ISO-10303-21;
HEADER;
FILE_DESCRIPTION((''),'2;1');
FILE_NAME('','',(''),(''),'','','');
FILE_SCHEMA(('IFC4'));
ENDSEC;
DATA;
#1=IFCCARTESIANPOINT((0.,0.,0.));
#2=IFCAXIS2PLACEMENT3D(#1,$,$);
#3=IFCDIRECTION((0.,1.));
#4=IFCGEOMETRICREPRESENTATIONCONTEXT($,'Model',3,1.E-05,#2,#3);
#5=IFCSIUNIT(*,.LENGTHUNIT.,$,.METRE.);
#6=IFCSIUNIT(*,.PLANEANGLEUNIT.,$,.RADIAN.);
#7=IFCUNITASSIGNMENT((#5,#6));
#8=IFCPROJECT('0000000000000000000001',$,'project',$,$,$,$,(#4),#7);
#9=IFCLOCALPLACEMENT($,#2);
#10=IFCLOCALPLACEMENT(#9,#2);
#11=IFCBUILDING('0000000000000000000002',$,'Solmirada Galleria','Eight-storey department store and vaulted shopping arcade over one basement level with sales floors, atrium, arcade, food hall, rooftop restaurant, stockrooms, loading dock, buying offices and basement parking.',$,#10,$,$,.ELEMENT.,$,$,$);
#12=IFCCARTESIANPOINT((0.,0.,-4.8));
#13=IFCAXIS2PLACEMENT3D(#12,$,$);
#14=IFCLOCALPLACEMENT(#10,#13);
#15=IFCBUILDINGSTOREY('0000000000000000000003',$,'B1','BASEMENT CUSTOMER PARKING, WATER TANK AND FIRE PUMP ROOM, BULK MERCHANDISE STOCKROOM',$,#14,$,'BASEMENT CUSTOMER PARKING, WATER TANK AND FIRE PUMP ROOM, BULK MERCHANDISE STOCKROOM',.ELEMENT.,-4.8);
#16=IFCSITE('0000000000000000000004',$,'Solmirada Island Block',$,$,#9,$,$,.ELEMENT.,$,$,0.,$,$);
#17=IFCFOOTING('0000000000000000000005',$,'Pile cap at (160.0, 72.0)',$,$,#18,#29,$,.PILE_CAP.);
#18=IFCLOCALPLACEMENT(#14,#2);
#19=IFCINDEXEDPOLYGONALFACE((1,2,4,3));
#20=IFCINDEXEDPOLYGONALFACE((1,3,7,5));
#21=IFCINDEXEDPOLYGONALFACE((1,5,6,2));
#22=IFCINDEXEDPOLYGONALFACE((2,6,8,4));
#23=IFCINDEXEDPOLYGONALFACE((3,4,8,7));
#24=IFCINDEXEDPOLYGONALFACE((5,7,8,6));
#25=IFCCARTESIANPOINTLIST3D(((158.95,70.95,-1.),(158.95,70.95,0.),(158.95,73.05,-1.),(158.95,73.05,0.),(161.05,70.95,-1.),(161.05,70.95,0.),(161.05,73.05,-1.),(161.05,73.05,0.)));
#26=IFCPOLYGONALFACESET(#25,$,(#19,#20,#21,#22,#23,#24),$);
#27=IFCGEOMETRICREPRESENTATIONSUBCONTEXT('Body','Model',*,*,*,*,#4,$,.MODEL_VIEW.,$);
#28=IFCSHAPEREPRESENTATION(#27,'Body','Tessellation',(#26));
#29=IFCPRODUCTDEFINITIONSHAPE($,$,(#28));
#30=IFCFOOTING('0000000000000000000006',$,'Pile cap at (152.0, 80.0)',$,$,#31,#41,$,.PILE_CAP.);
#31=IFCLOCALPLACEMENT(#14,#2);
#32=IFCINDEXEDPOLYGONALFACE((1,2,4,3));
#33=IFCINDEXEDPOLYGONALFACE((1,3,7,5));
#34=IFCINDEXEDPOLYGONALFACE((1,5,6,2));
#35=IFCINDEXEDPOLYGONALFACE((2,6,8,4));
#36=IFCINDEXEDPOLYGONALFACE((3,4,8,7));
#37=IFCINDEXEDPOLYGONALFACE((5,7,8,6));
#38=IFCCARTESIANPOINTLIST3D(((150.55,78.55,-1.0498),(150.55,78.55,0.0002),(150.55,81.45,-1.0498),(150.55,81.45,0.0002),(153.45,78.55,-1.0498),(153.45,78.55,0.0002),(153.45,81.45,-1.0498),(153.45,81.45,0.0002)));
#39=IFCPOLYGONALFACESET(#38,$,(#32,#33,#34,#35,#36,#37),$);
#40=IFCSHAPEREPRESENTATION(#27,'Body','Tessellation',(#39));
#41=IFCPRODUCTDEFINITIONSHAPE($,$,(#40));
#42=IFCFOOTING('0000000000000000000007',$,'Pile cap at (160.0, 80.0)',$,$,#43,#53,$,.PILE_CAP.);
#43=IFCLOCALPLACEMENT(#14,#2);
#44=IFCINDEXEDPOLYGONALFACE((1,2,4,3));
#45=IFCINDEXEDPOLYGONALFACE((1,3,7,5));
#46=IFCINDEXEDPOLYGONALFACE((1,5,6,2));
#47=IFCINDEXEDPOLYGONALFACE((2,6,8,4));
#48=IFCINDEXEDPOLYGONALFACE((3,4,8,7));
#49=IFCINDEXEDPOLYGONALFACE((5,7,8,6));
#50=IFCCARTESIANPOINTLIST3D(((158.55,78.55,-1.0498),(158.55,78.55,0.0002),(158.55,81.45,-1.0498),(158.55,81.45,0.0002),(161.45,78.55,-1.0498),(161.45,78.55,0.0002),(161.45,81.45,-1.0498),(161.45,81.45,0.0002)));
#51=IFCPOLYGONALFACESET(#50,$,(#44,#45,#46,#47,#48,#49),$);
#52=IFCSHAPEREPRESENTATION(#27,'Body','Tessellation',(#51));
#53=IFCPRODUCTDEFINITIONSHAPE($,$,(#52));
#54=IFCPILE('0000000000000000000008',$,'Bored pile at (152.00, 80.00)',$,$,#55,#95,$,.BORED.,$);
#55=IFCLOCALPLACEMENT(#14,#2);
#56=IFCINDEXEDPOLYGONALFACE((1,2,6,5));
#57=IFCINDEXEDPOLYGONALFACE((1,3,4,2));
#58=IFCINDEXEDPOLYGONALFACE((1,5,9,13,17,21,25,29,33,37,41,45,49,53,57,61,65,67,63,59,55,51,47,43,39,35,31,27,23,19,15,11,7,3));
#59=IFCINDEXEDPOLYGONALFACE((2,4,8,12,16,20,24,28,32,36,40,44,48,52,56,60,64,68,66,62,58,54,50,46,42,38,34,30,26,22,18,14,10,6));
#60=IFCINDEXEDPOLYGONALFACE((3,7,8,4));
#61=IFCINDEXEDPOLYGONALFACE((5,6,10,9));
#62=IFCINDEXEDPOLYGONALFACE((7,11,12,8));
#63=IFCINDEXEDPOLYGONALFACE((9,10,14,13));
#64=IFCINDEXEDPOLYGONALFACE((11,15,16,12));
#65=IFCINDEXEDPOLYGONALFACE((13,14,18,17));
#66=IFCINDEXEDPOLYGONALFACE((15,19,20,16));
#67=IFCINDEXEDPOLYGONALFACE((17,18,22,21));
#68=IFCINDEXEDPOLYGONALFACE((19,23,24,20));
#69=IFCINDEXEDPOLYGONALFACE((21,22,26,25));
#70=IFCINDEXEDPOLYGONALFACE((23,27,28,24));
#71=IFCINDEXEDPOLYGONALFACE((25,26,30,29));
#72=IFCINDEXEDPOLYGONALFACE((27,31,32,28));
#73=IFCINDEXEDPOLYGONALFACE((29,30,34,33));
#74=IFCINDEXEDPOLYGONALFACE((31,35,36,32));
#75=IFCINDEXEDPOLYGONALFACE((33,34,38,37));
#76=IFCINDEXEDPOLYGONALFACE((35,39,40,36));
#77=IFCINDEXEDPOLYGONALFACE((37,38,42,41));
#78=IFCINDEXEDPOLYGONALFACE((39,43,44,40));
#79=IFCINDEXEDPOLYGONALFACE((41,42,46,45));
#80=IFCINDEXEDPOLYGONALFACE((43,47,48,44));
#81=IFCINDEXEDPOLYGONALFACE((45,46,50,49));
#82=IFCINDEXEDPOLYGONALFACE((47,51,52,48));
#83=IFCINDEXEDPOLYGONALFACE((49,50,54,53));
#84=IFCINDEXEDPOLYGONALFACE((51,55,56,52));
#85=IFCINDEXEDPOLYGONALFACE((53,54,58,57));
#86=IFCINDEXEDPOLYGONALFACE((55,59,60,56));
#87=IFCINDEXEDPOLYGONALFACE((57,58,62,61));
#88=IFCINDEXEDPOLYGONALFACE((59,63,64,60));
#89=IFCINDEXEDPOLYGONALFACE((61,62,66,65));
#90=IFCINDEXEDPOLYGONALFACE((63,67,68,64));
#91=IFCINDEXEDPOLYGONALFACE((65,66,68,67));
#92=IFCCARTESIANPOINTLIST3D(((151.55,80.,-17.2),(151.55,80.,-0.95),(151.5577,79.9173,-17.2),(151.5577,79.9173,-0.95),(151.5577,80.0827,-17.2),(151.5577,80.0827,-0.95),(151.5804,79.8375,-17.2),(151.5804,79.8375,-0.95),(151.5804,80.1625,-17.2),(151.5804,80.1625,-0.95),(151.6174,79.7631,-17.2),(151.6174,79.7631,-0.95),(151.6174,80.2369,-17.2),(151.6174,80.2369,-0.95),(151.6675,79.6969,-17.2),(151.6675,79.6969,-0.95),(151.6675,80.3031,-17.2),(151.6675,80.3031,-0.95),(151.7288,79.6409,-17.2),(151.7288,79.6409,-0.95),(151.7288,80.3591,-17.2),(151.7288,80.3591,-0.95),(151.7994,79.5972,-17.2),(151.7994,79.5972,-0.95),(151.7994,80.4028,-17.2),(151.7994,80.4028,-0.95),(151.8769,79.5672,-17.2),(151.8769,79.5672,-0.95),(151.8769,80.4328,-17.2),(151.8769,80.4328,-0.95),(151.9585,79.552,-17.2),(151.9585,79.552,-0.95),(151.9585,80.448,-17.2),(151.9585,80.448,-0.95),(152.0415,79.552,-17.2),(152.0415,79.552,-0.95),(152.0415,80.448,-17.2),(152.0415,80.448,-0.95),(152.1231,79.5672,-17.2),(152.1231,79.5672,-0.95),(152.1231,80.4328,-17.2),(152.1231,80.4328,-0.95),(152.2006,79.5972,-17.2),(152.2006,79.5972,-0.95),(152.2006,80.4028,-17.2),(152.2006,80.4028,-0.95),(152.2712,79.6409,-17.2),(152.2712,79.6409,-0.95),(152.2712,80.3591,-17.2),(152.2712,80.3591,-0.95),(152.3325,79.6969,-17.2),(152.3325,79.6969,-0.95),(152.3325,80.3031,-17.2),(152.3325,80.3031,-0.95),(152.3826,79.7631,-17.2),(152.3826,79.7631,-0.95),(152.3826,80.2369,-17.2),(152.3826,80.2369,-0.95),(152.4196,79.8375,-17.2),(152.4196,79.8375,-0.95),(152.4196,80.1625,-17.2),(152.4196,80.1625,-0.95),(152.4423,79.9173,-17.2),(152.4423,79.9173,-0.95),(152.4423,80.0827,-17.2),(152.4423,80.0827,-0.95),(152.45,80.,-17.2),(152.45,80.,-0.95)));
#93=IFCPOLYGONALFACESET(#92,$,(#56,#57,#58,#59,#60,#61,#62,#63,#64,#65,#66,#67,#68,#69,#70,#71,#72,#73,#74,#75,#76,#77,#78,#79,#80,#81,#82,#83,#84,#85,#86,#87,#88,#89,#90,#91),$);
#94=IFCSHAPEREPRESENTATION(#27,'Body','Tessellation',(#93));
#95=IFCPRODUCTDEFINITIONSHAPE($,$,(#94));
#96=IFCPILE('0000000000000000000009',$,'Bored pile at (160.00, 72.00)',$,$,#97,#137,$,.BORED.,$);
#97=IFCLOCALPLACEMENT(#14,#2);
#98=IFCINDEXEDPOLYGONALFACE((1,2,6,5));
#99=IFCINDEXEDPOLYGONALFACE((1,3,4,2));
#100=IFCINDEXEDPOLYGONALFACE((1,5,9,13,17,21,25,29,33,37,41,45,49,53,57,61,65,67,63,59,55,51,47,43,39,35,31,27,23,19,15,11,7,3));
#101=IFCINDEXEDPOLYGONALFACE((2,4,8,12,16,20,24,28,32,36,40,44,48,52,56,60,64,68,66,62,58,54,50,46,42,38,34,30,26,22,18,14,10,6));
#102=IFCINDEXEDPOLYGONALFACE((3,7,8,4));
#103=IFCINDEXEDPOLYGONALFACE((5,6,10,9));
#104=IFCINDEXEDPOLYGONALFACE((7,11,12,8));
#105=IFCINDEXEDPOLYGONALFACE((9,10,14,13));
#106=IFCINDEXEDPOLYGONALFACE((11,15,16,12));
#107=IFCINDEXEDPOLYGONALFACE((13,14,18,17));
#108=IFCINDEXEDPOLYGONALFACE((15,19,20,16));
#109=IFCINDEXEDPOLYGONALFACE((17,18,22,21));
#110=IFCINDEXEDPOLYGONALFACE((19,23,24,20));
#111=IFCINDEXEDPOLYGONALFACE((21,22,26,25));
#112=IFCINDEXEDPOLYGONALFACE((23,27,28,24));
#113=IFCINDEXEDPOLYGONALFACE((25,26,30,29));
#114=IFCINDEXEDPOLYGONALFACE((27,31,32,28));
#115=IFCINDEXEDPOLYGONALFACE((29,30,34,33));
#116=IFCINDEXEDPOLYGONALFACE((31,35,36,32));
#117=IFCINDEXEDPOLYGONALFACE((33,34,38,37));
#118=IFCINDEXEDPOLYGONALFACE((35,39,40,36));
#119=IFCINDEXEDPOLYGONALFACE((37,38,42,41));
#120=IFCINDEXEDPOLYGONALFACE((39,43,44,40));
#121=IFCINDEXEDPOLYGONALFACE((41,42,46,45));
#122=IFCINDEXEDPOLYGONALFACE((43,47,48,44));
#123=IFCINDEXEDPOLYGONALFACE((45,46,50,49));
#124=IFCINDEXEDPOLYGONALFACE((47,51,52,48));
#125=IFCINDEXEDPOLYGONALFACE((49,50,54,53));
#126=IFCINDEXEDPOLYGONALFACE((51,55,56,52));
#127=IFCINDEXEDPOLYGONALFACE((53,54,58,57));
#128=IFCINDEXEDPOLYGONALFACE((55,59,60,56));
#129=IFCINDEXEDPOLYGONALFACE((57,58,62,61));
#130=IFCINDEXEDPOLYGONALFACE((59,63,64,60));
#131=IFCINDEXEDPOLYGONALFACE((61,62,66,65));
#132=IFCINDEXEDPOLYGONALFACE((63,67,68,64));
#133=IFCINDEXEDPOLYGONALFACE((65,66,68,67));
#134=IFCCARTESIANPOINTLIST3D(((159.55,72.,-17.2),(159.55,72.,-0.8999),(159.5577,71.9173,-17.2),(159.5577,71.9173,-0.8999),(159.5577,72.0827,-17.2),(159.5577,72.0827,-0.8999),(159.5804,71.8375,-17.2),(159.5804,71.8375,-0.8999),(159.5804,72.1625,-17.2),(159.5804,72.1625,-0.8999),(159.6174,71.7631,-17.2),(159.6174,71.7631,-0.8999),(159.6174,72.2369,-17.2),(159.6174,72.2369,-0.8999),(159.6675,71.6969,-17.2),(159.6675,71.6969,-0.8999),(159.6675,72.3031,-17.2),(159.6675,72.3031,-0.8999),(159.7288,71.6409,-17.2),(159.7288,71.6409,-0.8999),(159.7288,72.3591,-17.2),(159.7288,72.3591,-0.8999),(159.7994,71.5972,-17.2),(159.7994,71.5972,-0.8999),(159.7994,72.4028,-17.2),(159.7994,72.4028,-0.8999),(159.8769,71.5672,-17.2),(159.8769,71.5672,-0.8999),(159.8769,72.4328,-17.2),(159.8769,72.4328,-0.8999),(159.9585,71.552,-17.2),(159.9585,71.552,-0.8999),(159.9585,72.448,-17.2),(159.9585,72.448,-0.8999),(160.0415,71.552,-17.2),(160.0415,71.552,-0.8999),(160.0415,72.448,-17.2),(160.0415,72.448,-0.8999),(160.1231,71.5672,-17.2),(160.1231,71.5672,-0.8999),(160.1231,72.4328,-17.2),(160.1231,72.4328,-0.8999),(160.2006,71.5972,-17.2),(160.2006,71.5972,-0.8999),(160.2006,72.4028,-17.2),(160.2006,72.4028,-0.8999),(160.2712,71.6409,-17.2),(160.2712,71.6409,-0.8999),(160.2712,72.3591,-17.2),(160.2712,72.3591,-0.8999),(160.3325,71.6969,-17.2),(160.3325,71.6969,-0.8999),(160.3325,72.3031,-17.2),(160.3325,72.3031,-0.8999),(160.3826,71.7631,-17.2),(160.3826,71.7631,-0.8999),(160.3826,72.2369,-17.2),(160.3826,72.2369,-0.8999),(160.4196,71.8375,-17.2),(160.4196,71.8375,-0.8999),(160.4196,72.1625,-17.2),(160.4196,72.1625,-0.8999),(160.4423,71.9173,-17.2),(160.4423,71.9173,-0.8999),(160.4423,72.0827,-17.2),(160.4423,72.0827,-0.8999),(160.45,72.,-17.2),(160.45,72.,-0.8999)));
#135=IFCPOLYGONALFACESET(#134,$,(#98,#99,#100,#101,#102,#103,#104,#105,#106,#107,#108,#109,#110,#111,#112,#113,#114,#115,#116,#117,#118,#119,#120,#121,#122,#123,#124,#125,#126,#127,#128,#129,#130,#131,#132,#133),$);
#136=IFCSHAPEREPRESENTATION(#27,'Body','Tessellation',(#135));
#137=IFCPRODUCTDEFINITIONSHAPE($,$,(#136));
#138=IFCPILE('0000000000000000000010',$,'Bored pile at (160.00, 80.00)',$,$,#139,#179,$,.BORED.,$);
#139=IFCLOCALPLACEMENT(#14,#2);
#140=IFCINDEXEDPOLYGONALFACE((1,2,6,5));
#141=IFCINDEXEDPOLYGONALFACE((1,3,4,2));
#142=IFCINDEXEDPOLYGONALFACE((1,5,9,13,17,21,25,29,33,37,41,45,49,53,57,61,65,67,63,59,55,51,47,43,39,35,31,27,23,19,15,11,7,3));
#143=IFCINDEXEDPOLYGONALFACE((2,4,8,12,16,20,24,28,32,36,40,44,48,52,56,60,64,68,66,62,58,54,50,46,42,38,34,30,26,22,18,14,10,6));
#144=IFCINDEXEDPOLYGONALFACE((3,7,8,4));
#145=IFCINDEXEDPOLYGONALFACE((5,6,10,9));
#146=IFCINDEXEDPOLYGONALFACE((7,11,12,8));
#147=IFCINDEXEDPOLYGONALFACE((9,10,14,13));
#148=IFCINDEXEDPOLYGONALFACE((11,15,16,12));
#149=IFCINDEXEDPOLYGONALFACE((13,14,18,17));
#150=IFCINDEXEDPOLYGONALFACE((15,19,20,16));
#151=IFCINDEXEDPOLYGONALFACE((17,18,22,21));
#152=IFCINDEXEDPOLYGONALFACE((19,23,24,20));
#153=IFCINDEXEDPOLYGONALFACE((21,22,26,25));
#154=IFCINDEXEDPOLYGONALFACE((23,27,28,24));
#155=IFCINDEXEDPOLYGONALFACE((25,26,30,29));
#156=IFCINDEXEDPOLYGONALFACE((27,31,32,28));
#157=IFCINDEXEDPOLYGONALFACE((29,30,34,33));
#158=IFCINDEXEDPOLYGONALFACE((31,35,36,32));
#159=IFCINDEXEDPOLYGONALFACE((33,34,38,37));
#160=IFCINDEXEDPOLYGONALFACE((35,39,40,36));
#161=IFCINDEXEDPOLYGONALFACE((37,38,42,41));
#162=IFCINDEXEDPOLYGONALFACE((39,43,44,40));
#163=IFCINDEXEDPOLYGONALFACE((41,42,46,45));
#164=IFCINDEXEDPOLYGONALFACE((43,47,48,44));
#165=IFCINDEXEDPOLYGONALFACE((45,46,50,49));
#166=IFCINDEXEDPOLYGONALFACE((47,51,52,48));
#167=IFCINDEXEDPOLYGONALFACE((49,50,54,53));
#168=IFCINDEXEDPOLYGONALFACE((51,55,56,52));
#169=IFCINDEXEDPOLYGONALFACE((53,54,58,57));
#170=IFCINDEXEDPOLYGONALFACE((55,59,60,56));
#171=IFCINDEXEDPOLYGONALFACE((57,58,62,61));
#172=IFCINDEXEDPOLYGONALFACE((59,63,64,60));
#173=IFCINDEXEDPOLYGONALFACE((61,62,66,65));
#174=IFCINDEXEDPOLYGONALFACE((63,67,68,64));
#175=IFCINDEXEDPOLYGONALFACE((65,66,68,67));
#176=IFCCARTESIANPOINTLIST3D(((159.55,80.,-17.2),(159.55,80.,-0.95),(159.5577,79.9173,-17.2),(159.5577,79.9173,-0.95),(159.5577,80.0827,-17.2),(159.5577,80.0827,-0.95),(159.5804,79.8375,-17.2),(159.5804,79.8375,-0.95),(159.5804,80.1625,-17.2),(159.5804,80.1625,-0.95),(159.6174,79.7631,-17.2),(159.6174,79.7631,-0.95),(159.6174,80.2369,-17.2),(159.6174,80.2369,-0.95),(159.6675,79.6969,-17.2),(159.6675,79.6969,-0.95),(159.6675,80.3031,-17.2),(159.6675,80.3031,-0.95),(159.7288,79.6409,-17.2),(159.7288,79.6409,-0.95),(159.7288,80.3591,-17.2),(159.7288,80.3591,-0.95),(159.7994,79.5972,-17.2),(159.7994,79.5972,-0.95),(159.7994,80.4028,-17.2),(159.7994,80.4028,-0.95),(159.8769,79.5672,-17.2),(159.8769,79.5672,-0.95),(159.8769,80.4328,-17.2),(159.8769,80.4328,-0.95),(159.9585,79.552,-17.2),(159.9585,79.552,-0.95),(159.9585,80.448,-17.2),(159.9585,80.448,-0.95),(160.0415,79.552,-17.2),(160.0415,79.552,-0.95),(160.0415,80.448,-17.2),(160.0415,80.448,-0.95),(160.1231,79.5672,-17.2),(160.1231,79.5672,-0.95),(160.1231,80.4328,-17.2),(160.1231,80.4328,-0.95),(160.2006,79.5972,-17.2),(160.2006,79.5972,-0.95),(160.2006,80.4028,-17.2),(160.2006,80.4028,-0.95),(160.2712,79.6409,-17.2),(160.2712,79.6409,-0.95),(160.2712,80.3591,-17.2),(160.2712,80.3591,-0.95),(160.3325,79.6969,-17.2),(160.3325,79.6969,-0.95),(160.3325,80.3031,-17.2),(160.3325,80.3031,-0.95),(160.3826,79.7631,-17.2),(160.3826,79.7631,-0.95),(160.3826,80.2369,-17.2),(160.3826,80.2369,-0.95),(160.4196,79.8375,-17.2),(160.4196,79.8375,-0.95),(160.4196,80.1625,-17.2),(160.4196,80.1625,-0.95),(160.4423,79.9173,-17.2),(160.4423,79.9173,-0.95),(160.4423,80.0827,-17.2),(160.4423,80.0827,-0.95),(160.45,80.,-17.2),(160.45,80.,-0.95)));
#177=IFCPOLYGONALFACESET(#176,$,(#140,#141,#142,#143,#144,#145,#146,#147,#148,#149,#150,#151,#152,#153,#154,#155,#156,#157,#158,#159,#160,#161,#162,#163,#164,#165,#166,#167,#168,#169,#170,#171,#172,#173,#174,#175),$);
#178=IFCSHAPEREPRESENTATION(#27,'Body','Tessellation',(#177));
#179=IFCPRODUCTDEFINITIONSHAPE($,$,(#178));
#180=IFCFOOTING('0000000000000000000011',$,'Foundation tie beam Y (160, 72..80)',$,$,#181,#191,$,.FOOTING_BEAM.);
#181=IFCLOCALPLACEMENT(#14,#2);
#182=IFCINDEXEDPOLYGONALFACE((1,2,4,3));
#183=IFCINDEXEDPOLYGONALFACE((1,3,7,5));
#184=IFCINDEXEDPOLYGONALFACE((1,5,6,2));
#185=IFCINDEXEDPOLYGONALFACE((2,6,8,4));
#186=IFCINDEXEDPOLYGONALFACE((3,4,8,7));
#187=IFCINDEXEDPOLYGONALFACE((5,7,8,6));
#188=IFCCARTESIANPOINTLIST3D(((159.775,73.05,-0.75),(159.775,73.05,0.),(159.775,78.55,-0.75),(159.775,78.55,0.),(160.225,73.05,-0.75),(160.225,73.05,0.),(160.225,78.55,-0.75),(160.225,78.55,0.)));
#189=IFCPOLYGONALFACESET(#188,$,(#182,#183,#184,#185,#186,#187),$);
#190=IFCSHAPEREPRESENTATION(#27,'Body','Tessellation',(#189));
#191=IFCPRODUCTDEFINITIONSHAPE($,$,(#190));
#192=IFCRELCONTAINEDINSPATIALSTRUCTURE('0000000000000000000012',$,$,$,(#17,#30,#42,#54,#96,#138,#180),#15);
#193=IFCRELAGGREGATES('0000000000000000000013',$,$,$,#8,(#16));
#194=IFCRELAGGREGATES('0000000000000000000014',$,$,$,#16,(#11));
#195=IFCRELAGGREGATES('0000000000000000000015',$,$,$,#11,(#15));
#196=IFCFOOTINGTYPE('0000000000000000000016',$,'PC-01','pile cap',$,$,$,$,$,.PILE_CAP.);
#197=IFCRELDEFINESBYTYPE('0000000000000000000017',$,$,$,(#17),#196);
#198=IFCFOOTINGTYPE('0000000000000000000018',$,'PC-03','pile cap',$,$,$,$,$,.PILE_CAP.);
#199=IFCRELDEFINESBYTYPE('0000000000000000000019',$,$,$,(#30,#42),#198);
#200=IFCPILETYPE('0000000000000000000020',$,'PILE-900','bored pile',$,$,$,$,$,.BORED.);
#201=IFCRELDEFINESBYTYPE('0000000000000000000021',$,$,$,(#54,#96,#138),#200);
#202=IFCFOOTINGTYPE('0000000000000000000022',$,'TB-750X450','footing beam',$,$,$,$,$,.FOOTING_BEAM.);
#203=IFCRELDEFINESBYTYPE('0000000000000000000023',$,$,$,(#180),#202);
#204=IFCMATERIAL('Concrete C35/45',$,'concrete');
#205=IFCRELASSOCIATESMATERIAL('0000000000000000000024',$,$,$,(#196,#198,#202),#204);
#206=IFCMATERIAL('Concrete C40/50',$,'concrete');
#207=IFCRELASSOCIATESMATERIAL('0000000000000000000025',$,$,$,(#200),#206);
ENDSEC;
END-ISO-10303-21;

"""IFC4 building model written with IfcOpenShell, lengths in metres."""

from ifc_helpers import new_model, si_unit, direction, frame, origin, origin_2d, place, context, subcontext, project, spatial, rectangle, circle, extrude, material, material_profile, profile_set, type_object, element, save


model = new_model("IFC4")

# Units and contexts
model_context = context("Model", 3, precision=1e-05, world=origin(), true_north=direction((0.0, 1.0)))
body_context = subcontext(model_context, "Body", "Model", "MODEL_VIEW")
ifc_project = project(units=[si_unit("LENGTHUNIT", "METRE"), si_unit("PLANEANGLEUNIT", "RADIAN")], contexts=[model_context])

# Site, building, storey
site_placement = place(None, origin())
site = spatial("IfcSite", under=ifc_project, at=site_placement, Name="Solmirada Island Block", CompositionType="ELEMENT", RefElevation=0.0)
building_placement = place(site_placement, origin())
building = spatial("IfcBuilding", under=site, at=building_placement, Name="Solmirada Galleria", Description="Eight-storey department store and vaulted shopping arcade over one basement level with sales floors, atrium, arcade, food hall, rooftop restaurant, stockrooms, loading dock, buying offices and basement parking.", CompositionType="ELEMENT")
storey_placement = place(building_placement, frame((0.0, 0.0, -4.8)))
storey = spatial("IfcBuildingStorey", under=building, at=storey_placement, Name="B1", Description="BASEMENT CUSTOMER PARKING, WATER TANK AND FIRE PUMP ROOM, BULK MERCHANDISE STOCKROOM", LongName="BASEMENT CUSTOMER PARKING, WATER TANK AND FIRE PUMP ROOM, BULK MERCHANDISE STOCKROOM", CompositionType="ELEMENT", Elevation=-4.8)

# Footings
ifc_material_1 = material(Name="Concrete C35/45", Category="concrete")
footing_type_1 = type_object("IfcFootingType", Name="PC-01", Description="pile cap", PredefinedType="PILE_CAP", material=ifc_material_1)
footing_1_placement = place(storey_placement, frame((160.0, 72.0, -1.0), z_axis=(0.0, 0.0, 1.0), x_axis=(1.0, 0.0, 0.0)))
element("IfcFooting", 1, at=footing_1_placement, inside=storey, type_object=footing_type_1, Name="Pile cap at (160.0, 72.0)", PredefinedType="PILE_CAP", context=body_context, shape_type="SweptSolid", body=[
    extrude(rectangle(XDim=2.1001, YDim=2.1001, at=origin_2d()), origin(), (0.0, 0.0, 1.0), 1.0),
])
footing_type_2 = type_object("IfcFootingType", Name="PC-03", Description="pile cap", PredefinedType="PILE_CAP", material=ifc_material_1)
for number, where, z_axis, x_axis, name in (
    (2, (152.0, 80.0, -1.0498), (0.0, 0.0, 1.0), (1.0, 0.0, 0.0), "Pile cap at (152.0, 80.0)"),
    (3, (160.0, 80.0, -1.0498), (0.0, 0.0, 1.0), (1.0, 0.0, 0.0), "Pile cap at (160.0, 80.0)"),
):
    element("IfcFooting", number, at=place(storey_placement, frame(where, z_axis=z_axis, x_axis=x_axis)), inside=storey, type_object=footing_type_2, Name=name, PredefinedType="PILE_CAP", context=body_context, shape_type="SweptSolid", body=[
        extrude(rectangle(XDim=2.8999, YDim=2.8999, at=origin_2d()), origin(), (0.0, 0.0, 1.0), 1.05),
    ])

# Piles
ifc_material_2 = material(Name="Concrete C40/50", Category="concrete")
ifc_material_profile_1 = material_profile(ifc_material_2, circle(Radius=0.45, at=origin_2d()), Name="PILE900")
ifc_profile_set_1 = profile_set([ifc_material_profile_1], Name="Concrete C40/50")
pile_type = type_object("IfcPileType", Name="PILE-900", Description="bored pile", PredefinedType="BORED", material=ifc_profile_set_1)
pile_1_placement = place(storey_placement, frame((152.0, 80.0, -0.95), z_axis=(0.0, 0.0, -1.0), x_axis=(1.0, 0.0, 0.0)))
element("IfcPile", 4, at=pile_1_placement, inside=storey, type_object=pile_type, Name="Bored pile at (152.00, 80.00)", PredefinedType="BORED", context=body_context, shape_type="SweptSolid", body=[
    extrude(circle(Radius=0.45, at=origin_2d()), origin(), (0.0, 0.0, 1.0), 16.25),
])
pile_2_placement = place(storey_placement, frame((160.0, 72.0, -0.8999), z_axis=(0.0, 0.0, -1.0), x_axis=(1.0, 0.0, 0.0)))
element("IfcPile", 5, at=pile_2_placement, inside=storey, type_object=pile_type, Name="Bored pile at (160.00, 72.00)", PredefinedType="BORED", context=body_context, shape_type="SweptSolid", body=[
    extrude(circle(Radius=0.45, at=origin_2d()), origin(), (0.0, 0.0, 1.0), 16.3),
])
pile_3_placement = place(storey_placement, frame((160.0, 80.0, -0.95), z_axis=(0.0, 0.0, -1.0), x_axis=(1.0, 0.0, 0.0)))
element("IfcPile", 6, at=pile_3_placement, inside=storey, type_object=pile_type, Name="Bored pile at (160.00, 80.00)", PredefinedType="BORED", context=body_context, shape_type="SweptSolid", body=[
    extrude(circle(Radius=0.45, at=origin_2d()), origin(), (0.0, 0.0, 1.0), 16.25),
])

# Footing
ifc_material_profile_2 = material_profile(ifc_material_1, rectangle(XDim=0.45, YDim=0.75, at=origin_2d()), Name="RC750X450")
ifc_profile_set_2 = profile_set([ifc_material_profile_2], Name="Concrete C35/45")
footing_type_3 = type_object("IfcFootingType", Name="TB-750X450", Description="footing beam", PredefinedType="FOOTING_BEAM", material=ifc_profile_set_2)
footing_2_placement = place(storey_placement, frame((160.0, 73.05, -0.375), z_axis=(0.0, 1.0, 0.0), x_axis=(-1.0, 0.0, 0.0)))
element("IfcFooting", 7, at=footing_2_placement, inside=storey, type_object=footing_type_3, Name="Foundation tie beam Y (160, 72..80)", PredefinedType="FOOTING_BEAM", context=body_context, shape_type="SweptSolid", body=[
    extrude(rectangle(XDim=0.45, YDim=0.75, at=origin_2d()), origin(), (0.0, 0.0, 1.0), 5.5),
])

save(model, "model.ifc")
